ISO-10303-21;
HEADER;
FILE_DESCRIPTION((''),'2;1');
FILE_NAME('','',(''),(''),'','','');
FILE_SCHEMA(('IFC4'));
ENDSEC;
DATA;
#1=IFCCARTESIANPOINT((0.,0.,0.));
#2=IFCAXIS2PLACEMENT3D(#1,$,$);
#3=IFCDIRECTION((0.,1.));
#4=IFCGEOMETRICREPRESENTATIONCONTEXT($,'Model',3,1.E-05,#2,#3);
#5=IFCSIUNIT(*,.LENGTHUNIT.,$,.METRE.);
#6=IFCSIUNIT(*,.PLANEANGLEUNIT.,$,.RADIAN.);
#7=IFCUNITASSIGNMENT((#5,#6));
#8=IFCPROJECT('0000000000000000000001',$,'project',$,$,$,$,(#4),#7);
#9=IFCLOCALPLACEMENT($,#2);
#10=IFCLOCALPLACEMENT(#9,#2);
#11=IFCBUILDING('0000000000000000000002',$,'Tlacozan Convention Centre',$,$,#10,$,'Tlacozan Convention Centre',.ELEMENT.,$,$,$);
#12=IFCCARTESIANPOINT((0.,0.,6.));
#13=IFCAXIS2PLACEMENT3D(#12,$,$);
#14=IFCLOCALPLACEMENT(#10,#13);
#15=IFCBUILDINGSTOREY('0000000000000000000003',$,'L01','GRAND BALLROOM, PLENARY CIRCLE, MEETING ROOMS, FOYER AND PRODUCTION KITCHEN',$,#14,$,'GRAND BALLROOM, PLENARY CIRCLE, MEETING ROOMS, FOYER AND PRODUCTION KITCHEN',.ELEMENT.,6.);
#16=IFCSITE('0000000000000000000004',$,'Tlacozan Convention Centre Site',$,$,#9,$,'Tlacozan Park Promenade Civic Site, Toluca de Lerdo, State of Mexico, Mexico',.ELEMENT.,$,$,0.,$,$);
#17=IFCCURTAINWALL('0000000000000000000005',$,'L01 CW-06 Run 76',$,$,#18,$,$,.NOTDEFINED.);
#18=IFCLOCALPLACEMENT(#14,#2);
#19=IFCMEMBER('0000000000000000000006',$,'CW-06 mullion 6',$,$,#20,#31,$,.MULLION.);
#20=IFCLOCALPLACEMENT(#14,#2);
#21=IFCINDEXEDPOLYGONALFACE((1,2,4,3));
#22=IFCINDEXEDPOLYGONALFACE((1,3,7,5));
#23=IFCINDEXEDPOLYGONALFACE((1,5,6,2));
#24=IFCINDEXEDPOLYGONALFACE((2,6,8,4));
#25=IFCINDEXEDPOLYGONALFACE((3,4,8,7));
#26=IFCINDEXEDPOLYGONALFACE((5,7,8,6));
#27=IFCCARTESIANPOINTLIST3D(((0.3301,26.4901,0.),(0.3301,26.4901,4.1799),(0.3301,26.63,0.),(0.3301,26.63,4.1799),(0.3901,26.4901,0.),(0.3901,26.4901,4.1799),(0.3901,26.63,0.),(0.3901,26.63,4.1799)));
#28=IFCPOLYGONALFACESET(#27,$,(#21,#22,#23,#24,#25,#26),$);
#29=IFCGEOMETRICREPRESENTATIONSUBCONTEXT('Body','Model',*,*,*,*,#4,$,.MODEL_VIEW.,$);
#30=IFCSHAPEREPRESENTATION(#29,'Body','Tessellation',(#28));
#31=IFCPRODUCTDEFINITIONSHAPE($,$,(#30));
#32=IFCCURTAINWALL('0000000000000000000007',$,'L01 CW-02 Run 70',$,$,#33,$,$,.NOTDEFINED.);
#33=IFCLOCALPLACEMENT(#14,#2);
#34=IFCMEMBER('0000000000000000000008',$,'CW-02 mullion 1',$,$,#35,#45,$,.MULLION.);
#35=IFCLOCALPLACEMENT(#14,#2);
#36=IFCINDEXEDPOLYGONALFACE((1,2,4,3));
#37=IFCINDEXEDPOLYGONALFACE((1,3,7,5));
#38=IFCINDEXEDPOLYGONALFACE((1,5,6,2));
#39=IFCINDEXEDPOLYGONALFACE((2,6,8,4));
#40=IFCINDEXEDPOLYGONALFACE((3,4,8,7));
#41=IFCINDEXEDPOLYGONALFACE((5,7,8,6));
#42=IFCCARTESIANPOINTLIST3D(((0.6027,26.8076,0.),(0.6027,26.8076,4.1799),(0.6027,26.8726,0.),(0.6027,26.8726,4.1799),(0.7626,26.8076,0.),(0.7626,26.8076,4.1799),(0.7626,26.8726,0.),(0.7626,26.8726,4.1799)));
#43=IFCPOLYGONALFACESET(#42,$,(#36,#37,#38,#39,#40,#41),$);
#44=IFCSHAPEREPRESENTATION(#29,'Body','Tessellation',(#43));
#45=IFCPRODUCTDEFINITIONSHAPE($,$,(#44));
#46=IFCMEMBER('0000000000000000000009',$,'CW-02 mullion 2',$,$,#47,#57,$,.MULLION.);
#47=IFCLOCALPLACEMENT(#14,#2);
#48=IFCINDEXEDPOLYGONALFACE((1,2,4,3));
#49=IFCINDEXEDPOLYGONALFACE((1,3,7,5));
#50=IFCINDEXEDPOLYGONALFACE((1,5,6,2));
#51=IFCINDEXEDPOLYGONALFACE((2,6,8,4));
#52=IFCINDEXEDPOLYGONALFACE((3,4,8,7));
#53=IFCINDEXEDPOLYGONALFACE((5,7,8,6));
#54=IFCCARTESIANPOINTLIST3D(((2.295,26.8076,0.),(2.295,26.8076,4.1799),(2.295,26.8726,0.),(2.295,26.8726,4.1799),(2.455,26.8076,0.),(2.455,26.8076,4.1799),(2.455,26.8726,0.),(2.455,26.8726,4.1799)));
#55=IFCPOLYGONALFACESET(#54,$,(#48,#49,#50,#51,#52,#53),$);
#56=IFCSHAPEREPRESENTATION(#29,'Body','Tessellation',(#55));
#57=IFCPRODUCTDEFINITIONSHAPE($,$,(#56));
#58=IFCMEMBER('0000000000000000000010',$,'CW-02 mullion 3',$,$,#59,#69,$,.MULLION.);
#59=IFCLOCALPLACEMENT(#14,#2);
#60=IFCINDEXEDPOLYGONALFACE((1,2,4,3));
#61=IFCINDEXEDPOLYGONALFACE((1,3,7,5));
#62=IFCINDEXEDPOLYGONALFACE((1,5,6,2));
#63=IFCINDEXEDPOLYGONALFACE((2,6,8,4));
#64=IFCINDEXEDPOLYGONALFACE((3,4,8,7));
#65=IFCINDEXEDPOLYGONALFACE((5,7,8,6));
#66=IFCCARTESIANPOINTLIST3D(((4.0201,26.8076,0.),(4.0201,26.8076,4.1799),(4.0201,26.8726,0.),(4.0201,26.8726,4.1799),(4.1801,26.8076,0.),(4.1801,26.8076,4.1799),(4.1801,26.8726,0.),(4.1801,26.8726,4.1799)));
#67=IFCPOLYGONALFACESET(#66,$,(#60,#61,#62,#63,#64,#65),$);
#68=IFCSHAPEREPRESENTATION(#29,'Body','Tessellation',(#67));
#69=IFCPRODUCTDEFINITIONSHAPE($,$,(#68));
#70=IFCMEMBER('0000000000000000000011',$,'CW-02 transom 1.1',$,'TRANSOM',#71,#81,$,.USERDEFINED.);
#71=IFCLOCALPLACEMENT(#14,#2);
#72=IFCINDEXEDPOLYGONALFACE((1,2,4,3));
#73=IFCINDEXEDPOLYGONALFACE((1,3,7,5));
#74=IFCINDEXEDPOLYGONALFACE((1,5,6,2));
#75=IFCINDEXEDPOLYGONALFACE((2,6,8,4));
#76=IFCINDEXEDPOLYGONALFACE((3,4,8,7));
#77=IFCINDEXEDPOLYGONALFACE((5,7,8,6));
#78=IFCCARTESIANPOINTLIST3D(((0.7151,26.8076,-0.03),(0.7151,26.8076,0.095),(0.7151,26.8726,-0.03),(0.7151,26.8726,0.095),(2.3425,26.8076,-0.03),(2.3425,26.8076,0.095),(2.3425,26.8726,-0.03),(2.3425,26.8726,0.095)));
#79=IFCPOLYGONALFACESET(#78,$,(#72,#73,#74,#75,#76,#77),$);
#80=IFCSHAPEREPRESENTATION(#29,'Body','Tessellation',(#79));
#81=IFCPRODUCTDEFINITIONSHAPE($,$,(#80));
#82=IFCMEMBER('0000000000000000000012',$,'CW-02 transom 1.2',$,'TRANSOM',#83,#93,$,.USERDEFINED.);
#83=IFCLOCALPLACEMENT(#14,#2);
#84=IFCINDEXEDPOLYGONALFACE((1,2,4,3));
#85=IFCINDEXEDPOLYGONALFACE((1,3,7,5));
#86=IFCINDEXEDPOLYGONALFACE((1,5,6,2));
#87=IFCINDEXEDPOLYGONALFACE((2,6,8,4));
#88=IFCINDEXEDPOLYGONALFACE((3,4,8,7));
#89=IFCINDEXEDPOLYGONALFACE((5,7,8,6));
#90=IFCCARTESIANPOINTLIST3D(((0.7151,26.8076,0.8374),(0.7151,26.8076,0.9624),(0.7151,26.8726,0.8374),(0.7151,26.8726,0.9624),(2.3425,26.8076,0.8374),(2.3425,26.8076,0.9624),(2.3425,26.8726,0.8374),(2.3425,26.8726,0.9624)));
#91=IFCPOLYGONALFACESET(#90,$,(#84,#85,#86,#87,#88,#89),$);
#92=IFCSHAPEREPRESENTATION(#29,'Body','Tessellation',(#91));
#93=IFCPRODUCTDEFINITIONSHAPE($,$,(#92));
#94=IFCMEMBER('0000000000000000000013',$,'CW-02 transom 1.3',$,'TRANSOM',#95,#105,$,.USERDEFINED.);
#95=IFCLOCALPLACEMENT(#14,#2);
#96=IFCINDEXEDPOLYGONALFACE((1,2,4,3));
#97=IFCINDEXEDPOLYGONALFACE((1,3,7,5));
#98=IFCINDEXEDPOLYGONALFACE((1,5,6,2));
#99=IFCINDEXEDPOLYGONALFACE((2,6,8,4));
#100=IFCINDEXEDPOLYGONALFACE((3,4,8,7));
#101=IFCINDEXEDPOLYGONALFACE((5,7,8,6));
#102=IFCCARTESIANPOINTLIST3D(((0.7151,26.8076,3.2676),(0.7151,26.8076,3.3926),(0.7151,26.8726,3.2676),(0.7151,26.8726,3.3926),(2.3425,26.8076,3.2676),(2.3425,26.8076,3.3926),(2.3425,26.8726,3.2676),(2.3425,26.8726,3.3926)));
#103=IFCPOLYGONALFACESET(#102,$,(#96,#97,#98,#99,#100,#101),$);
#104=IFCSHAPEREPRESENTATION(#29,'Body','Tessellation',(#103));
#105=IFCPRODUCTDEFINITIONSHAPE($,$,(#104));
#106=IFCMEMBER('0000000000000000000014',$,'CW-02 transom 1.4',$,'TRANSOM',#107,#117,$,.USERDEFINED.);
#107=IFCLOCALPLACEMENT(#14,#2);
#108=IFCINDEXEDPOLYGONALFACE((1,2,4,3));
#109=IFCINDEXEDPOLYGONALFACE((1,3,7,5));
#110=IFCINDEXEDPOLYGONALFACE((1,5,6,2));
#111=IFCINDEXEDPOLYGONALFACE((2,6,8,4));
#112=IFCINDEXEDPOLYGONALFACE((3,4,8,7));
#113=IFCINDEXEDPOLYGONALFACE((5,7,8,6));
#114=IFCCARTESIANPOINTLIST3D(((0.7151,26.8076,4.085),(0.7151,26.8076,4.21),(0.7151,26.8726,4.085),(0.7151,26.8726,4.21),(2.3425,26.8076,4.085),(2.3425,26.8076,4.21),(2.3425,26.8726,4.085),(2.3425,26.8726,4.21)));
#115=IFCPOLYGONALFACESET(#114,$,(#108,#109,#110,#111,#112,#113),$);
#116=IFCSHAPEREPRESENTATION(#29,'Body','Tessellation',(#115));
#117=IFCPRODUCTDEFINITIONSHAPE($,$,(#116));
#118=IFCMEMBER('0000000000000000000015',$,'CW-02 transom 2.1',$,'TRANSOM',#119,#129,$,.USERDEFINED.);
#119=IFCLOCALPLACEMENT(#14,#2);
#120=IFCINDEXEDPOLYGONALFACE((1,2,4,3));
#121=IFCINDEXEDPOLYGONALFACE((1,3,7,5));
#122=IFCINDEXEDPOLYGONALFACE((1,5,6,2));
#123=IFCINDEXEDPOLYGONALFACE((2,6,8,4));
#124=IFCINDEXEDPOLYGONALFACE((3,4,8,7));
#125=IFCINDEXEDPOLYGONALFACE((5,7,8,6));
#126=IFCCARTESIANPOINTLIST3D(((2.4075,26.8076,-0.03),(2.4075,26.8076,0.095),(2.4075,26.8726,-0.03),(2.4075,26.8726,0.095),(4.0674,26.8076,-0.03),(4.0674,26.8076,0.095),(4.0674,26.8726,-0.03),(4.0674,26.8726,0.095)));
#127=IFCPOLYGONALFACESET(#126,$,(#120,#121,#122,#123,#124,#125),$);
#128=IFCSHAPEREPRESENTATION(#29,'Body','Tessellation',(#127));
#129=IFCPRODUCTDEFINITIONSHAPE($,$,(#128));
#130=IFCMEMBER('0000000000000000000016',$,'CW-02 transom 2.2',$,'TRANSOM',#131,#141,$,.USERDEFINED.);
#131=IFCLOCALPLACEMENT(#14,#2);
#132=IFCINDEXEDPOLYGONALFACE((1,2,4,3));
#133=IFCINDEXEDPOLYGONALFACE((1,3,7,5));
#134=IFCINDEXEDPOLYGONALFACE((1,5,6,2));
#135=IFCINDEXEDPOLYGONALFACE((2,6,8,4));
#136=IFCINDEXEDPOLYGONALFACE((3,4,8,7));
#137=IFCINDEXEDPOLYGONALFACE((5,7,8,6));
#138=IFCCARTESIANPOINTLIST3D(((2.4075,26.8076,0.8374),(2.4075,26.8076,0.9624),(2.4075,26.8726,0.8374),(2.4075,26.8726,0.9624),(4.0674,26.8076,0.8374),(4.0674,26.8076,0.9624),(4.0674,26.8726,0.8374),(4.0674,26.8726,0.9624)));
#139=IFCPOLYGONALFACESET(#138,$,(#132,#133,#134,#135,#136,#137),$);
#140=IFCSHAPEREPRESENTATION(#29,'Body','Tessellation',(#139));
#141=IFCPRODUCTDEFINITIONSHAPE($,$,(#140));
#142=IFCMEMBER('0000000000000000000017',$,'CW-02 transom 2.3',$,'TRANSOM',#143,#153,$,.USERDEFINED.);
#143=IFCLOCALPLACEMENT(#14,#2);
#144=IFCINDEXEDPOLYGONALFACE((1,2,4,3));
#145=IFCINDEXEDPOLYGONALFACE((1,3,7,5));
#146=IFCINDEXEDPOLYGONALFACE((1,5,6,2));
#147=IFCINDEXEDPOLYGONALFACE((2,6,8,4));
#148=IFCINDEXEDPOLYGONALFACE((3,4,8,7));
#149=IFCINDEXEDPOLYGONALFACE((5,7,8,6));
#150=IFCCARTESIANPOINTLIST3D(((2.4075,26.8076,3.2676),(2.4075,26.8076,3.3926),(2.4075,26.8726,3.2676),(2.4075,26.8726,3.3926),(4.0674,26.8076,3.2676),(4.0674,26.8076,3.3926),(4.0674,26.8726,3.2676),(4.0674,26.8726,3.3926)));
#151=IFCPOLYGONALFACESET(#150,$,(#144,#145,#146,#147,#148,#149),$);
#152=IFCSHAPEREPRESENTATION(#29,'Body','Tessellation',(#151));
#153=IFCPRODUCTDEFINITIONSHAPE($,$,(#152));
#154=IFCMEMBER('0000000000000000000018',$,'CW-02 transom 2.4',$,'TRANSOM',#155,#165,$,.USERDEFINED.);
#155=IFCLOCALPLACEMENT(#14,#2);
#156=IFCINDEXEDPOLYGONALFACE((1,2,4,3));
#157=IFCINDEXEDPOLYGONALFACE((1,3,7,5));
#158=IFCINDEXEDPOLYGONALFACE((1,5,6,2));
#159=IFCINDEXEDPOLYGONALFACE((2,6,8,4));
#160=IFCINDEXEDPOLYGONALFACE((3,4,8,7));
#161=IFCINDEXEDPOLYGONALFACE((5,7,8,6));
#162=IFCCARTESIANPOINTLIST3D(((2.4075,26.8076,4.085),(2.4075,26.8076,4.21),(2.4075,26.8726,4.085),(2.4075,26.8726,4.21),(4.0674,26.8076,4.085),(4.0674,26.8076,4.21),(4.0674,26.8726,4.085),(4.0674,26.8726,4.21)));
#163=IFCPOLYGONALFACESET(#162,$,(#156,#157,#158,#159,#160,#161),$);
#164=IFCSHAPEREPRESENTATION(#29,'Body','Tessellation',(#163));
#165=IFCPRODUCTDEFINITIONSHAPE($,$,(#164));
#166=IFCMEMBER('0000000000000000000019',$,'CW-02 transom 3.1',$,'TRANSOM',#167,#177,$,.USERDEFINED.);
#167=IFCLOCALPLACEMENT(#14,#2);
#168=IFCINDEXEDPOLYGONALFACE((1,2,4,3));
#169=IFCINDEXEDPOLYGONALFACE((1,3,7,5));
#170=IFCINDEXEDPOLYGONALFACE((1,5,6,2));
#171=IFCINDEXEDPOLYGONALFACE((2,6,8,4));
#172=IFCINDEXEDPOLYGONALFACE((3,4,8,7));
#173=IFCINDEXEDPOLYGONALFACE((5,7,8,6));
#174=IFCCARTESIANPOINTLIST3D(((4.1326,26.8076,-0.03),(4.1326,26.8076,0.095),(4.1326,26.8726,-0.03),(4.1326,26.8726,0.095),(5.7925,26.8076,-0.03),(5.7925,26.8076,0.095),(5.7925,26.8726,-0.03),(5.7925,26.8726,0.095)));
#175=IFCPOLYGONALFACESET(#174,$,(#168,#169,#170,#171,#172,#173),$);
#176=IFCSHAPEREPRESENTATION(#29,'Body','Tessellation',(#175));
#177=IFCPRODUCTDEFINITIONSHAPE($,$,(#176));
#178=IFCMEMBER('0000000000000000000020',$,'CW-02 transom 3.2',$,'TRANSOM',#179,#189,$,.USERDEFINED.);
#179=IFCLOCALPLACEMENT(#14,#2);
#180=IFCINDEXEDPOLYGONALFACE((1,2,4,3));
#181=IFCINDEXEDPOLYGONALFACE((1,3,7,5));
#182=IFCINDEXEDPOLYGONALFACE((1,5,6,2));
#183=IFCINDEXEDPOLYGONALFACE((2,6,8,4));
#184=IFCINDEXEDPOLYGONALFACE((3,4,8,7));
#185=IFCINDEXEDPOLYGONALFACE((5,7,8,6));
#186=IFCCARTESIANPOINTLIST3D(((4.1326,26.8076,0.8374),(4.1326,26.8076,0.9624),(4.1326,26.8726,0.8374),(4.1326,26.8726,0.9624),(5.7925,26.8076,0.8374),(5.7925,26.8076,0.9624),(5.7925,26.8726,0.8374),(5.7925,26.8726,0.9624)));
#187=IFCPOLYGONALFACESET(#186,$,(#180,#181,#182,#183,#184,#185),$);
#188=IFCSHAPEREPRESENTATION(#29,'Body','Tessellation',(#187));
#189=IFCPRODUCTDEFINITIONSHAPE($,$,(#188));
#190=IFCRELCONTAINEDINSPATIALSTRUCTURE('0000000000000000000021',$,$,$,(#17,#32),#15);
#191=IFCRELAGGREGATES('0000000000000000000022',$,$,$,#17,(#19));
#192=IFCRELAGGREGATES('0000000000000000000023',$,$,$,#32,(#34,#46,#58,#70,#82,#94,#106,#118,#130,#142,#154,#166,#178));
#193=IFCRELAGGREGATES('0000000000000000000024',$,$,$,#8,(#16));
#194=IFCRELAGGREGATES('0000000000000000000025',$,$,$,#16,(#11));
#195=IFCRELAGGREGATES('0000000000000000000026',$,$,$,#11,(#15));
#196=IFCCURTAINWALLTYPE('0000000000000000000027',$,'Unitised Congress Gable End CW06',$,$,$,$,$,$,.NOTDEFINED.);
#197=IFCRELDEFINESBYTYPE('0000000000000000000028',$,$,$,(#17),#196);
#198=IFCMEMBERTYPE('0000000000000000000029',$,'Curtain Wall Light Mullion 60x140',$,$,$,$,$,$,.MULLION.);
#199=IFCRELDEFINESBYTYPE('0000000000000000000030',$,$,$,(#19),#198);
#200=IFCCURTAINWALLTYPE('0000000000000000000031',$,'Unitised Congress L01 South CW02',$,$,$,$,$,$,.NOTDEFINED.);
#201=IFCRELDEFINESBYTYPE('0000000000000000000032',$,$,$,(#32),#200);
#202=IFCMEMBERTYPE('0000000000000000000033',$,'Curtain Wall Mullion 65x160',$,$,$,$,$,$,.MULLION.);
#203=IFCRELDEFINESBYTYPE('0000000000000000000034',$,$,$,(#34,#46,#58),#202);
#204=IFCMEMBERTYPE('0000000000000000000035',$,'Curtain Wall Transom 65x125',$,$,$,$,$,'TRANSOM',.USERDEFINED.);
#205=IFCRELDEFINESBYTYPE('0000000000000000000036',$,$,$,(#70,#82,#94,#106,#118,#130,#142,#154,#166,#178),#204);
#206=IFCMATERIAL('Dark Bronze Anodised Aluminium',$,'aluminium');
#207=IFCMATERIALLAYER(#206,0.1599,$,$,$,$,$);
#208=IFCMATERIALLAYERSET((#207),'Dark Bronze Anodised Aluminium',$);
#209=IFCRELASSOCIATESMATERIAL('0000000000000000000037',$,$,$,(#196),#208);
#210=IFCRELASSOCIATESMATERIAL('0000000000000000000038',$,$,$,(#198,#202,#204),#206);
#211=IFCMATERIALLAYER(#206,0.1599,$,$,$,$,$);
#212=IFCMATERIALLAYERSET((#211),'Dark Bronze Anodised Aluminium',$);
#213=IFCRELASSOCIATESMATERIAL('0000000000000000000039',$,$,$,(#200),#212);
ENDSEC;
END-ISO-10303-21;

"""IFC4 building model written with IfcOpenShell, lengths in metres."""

from ifc_helpers import new_model, si_unit, direction, frame, origin, origin_2d, place, context, subcontext, project, spatial, rectangle, extrude, material, layer, layer_set, material_profile, profile_set, type_object, element, aggregate, save


model = new_model("IFC4")

# Units and contexts
model_context = context("Model", 3, precision=1e-05, world=origin(), true_north=direction((0.0, 1.0)))
body_context = subcontext(model_context, "Body", "Model", "MODEL_VIEW")
ifc_project = project(units=[si_unit("LENGTHUNIT", "METRE"), si_unit("PLANEANGLEUNIT", "RADIAN")], contexts=[model_context])

# Site, building, storey
site_placement = place(None, origin())
site = spatial("IfcSite", under=ifc_project, at=site_placement, Name="Tlacozan Convention Centre Site", LongName="Tlacozan Park Promenade Civic Site, Toluca de Lerdo, State of Mexico, Mexico", CompositionType="ELEMENT", RefElevation=0.0)
building_placement = place(site_placement, origin())
building = spatial("IfcBuilding", under=site, at=building_placement, Name="Tlacozan Convention Centre", LongName="Tlacozan Convention Centre", CompositionType="ELEMENT")
storey_placement = place(building_placement, frame((0.0, 0.0, 6.0)))
storey = spatial("IfcBuildingStorey", under=building, at=storey_placement, Name="L01", Description="GRAND BALLROOM, PLENARY CIRCLE, MEETING ROOMS, FOYER AND PRODUCTION KITCHEN", LongName="GRAND BALLROOM, PLENARY CIRCLE, MEETING ROOMS, FOYER AND PRODUCTION KITCHEN", CompositionType="ELEMENT", Elevation=6.0)

# Curtain wall, member
ifc_material_1 = material(Name="Dark Bronze Anodised Aluminium", Category="aluminium")
ifc_layer_1 = layer(ifc_material_1, 0.1599)
ifc_layer_set_1 = layer_set([ifc_layer_1], Name="Dark Bronze Anodised Aluminium")
curtain_wall_type_1 = type_object("IfcCurtainWallType", Name="Unitised Congress Gable End CW06", PredefinedType="NOTDEFINED", material=ifc_layer_set_1)
curtain_wall_1_placement = place(storey_placement, origin())
curtain_wall_1 = element("IfcCurtainWall", 1, at=curtain_wall_1_placement, inside=storey, type_object=curtain_wall_type_1, Name="L01 CW-06 Run 76", PredefinedType="NOTDEFINED")
ifc_material_profile_1 = material_profile(ifc_material_1, rectangle(XDim=0.0601, YDim=0.1399, at=origin_2d()), Name="ALU 60x140")
ifc_profile_set_1 = profile_set([ifc_material_profile_1], Name="Dark Bronze Anodised Aluminium")
member_type_1 = type_object("IfcMemberType", Name="Curtain Wall Light Mullion 60x140", PredefinedType="MULLION", material=ifc_profile_set_1)
member_1_placement = place(storey_placement, frame((0.3601, 26.5601, 0.0), z_axis=(0.0, 0.0, 1.0), x_axis=(-1.0, 0.0, 0.0)))
member_1 = element("IfcMember", 2, at=member_1_placement, type_object=member_type_1, Name="CW-06 mullion 6", PredefinedType="MULLION", context=body_context, shape_type="SweptSolid", body=[
    extrude(rectangle(XDim=0.0601, YDim=0.1399, at=origin_2d()), origin(), (0.0, 0.0, 1.0), 4.1799),
])
aggregate(curtain_wall_1, [member_1])

# Curtain wall, members
ifc_layer_2 = layer(ifc_material_1, 0.1599)
ifc_layer_set_2 = layer_set([ifc_layer_2], Name="Dark Bronze Anodised Aluminium")
curtain_wall_type_2 = type_object("IfcCurtainWallType", Name="Unitised Congress L01 South CW02", PredefinedType="NOTDEFINED", material=ifc_layer_set_2)
curtain_wall_2_placement = place(storey_placement, origin())
curtain_wall_2 = element("IfcCurtainWall", 3, at=curtain_wall_2_placement, inside=storey, type_object=curtain_wall_type_2, Name="L01 CW-02 Run 70", PredefinedType="NOTDEFINED")
ifc_material_profile_2 = material_profile(ifc_material_1, rectangle(XDim=0.0649, YDim=0.1599, at=origin_2d()), Name="ALU 65x160")
ifc_profile_set_2 = profile_set([ifc_material_profile_2], Name="Dark Bronze Anodised Aluminium")
member_type_2 = type_object("IfcMemberType", Name="Curtain Wall Mullion 65x160", PredefinedType="MULLION", material=ifc_profile_set_2)
member_2_placement = place(storey_placement, frame((0.6826, 26.8401, 0.0), z_axis=(0.0, 0.0, 1.0), x_axis=(0.0, 1.0, 0.0)))
member_2 = element("IfcMember", 4, at=member_2_placement, type_object=member_type_2, Name="CW-02 mullion 1", PredefinedType="MULLION", context=body_context, shape_type="SweptSolid", body=[
    extrude(rectangle(XDim=0.0649, YDim=0.1599, at=origin_2d()), origin(), (0.0, 0.0, 1.0), 4.1799),
])
member_3_placement = place(storey_placement, frame((2.375, 26.8401, 0.0), z_axis=(0.0, 0.0, 1.0), x_axis=(0.0, 1.0, 0.0)))
member_3 = element("IfcMember", 5, at=member_3_placement, type_object=member_type_2, Name="CW-02 mullion 2", PredefinedType="MULLION", context=body_context, shape_type="SweptSolid", body=[
    extrude(rectangle(XDim=0.0649, YDim=0.1599, at=origin_2d()), origin(), (0.0, 0.0, 1.0), 4.1799),
])
member_4_placement = place(storey_placement, frame((4.1001, 26.8401, 0.0), z_axis=(0.0, 0.0, 1.0), x_axis=(0.0, 1.0, 0.0)))
member_4 = element("IfcMember", 6, at=member_4_placement, type_object=member_type_2, Name="CW-02 mullion 3", PredefinedType="MULLION", context=body_context, shape_type="SweptSolid", body=[
    extrude(rectangle(XDim=0.0649, YDim=0.1599, at=origin_2d()), origin(), (0.0, 0.0, 1.0), 4.1799),
])
ifc_material_profile_3 = material_profile(ifc_material_1, rectangle(XDim=0.0649, YDim=0.125, at=origin_2d()), Name="ALU 65x125")
ifc_profile_set_3 = profile_set([ifc_material_profile_3], Name="Dark Bronze Anodised Aluminium")
member_type_3 = type_object("IfcMemberType", Name="Curtain Wall Transom 65x125", ElementType="TRANSOM", PredefinedType="USERDEFINED", material=ifc_profile_set_3)
member_5_placement = place(storey_placement, frame((0.7151, 26.8401, 0.0325), z_axis=(1.0, 0.0, 0.0), x_axis=(0.0, 1.0, 0.0)))
member_5 = element("IfcMember", 7, at=member_5_placement, type_object=member_type_3, Name="CW-02 transom 1.1", ObjectType="TRANSOM", PredefinedType="USERDEFINED", context=body_context, shape_type="SweptSolid", body=[
    extrude(rectangle(XDim=0.0649, YDim=0.125, at=origin_2d()), origin(), (0.0, 0.0, 1.0), 1.6274),
])
member_6_placement = place(storey_placement, frame((0.7151, 26.8401, 0.8999), z_axis=(1.0, 0.0, 0.0), x_axis=(0.0, 1.0, 0.0)))
member_6 = element("IfcMember", 8, at=member_6_placement, type_object=member_type_3, Name="CW-02 transom 1.2", ObjectType="TRANSOM", PredefinedType="USERDEFINED", context=body_context, shape_type="SweptSolid", body=[
    extrude(rectangle(XDim=0.0649, YDim=0.125, at=origin_2d()), origin(), (0.0, 0.0, 1.0), 1.6274),
])
member_7_placement = place(storey_placement, frame((0.7151, 26.8401, 3.3301), z_axis=(1.0, 0.0, 0.0), x_axis=(0.0, 1.0, 0.0)))
member_7 = element("IfcMember", 9, at=member_7_placement, type_object=member_type_3, Name="CW-02 transom 1.3", ObjectType="TRANSOM", PredefinedType="USERDEFINED", context=body_context, shape_type="SweptSolid", body=[
    extrude(rectangle(XDim=0.0649, YDim=0.125, at=origin_2d()), origin(), (0.0, 0.0, 1.0), 1.6274),
])
member_8_placement = place(storey_placement, frame((0.7151, 26.8401, 4.1475), z_axis=(1.0, 0.0, 0.0), x_axis=(0.0, 1.0, 0.0)))
member_8 = element("IfcMember", 10, at=member_8_placement, type_object=member_type_3, Name="CW-02 transom 1.4", ObjectType="TRANSOM", PredefinedType="USERDEFINED", context=body_context, shape_type="SweptSolid", body=[
    extrude(rectangle(XDim=0.0649, YDim=0.125, at=origin_2d()), origin(), (0.0, 0.0, 1.0), 1.6274),
])
member_9_placement = place(storey_placement, frame((2.4075, 26.8401, 0.0325), z_axis=(1.0, 0.0, 0.0), x_axis=(0.0, 1.0, 0.0)))
member_9 = element("IfcMember", 11, at=member_9_placement, type_object=member_type_3, Name="CW-02 transom 2.1", ObjectType="TRANSOM", PredefinedType="USERDEFINED", context=body_context, shape_type="SweptSolid", body=[
    extrude(rectangle(XDim=0.0649, YDim=0.125, at=origin_2d()), origin(), (0.0, 0.0, 1.0), 1.6599),
])
member_10_placement = place(storey_placement, frame((2.4075, 26.8401, 0.8999), z_axis=(1.0, 0.0, 0.0), x_axis=(0.0, 1.0, 0.0)))
member_10 = element("IfcMember", 12, at=member_10_placement, type_object=member_type_3, Name="CW-02 transom 2.2", ObjectType="TRANSOM", PredefinedType="USERDEFINED", context=body_context, shape_type="SweptSolid", body=[
    extrude(rectangle(XDim=0.0649, YDim=0.125, at=origin_2d()), origin(), (0.0, 0.0, 1.0), 1.6599),
])
member_11_placement = place(storey_placement, frame((2.4075, 26.8401, 3.3301), z_axis=(1.0, 0.0, 0.0), x_axis=(0.0, 1.0, 0.0)))
member_11 = element("IfcMember", 13, at=member_11_placement, type_object=member_type_3, Name="CW-02 transom 2.3", ObjectType="TRANSOM", PredefinedType="USERDEFINED", context=body_context, shape_type="SweptSolid", body=[
    extrude(rectangle(XDim=0.0649, YDim=0.125, at=origin_2d()), origin(), (0.0, 0.0, 1.0), 1.6599),
])
member_12_placement = place(storey_placement, frame((2.4075, 26.8401, 4.1475), z_axis=(1.0, 0.0, 0.0), x_axis=(0.0, 1.0, 0.0)))
member_12 = element("IfcMember", 14, at=member_12_placement, type_object=member_type_3, Name="CW-02 transom 2.4", ObjectType="TRANSOM", PredefinedType="USERDEFINED", context=body_context, shape_type="SweptSolid", body=[
    extrude(rectangle(XDim=0.0649, YDim=0.125, at=origin_2d()), origin(), (0.0, 0.0, 1.0), 1.6599),
])
member_13_placement = place(storey_placement, frame((4.1326, 26.8401, 0.0325), z_axis=(1.0, 0.0, 0.0), x_axis=(0.0, 1.0, 0.0)))
member_13 = element("IfcMember", 15, at=member_13_placement, type_object=member_type_3, Name="CW-02 transom 3.1", ObjectType="TRANSOM", PredefinedType="USERDEFINED", context=body_context, shape_type="SweptSolid", body=[
    extrude(rectangle(XDim=0.0649, YDim=0.125, at=origin_2d()), origin(), (0.0, 0.0, 1.0), 1.6599),
])
member_14_placement = place(storey_placement, frame((4.1326, 26.8401, 0.8999), z_axis=(1.0, 0.0, 0.0), x_axis=(0.0, 1.0, 0.0)))
member_14 = element("IfcMember", 16, at=member_14_placement, type_object=member_type_3, Name="CW-02 transom 3.2", ObjectType="TRANSOM", PredefinedType="USERDEFINED", context=body_context, shape_type="SweptSolid", body=[
    extrude(rectangle(XDim=0.0649, YDim=0.125, at=origin_2d()), origin(), (0.0, 0.0, 1.0), 1.6599),
])
aggregate(curtain_wall_2, [member_2, member_3, member_4, member_5, member_6, member_7, member_8, member_9, member_10, member_11, member_12, member_13, member_14])

save(model, "model.ifc")
